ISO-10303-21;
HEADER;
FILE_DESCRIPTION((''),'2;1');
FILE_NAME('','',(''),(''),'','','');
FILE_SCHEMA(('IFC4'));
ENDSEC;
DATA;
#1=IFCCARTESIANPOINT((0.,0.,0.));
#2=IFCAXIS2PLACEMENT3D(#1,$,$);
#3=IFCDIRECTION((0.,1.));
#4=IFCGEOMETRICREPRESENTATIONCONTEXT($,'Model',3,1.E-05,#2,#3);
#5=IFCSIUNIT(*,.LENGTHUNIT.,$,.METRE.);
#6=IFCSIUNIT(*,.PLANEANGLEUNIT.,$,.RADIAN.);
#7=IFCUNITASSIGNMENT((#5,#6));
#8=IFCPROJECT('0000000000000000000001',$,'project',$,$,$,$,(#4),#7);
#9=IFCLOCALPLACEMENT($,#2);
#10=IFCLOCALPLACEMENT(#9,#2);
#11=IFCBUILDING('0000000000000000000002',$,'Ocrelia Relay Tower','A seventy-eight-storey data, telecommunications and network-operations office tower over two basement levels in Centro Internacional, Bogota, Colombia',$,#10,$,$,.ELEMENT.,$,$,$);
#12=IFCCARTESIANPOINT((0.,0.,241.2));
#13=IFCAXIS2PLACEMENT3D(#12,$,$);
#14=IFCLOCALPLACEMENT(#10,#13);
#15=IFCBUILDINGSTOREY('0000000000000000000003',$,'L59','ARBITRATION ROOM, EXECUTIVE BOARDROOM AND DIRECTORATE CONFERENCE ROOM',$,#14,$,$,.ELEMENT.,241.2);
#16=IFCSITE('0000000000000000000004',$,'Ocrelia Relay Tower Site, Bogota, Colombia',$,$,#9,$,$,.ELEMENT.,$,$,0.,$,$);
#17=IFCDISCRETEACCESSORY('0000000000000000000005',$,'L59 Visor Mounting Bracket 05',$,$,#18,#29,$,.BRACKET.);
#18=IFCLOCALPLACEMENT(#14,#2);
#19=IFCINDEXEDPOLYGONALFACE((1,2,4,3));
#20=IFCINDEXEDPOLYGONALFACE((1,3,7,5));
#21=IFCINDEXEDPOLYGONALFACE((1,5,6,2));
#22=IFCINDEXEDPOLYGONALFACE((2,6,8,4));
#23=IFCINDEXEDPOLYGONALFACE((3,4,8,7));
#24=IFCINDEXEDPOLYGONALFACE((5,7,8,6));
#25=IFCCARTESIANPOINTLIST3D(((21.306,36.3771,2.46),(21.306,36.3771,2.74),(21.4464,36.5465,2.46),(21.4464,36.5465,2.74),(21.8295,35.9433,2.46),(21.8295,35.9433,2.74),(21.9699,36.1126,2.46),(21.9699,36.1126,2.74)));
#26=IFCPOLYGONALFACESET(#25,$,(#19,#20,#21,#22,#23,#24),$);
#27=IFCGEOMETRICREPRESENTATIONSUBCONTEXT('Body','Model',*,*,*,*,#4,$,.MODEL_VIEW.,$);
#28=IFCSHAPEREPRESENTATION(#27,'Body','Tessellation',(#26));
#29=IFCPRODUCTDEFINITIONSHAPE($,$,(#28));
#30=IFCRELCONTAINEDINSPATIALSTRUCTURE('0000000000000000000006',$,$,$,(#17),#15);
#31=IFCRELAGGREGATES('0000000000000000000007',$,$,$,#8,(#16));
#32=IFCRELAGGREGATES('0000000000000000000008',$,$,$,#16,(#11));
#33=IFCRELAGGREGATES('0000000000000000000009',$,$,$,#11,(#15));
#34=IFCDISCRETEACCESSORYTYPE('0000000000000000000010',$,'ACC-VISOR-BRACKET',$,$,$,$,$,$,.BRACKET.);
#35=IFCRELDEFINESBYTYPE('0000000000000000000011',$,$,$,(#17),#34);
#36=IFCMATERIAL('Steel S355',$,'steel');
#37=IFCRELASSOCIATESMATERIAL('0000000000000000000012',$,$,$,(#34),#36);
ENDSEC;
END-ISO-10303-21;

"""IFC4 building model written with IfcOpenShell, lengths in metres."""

from ifc_helpers import new_model, si_unit, direction, frame, origin, origin_2d, place, context, subcontext, project, spatial, rectangle, extrude, material, type_object, element, save


model = new_model("IFC4")

# Units and contexts
model_context = context("Model", 3, precision=1e-05, world=origin(), true_north=direction((0.0, 1.0)))
body_context = subcontext(model_context, "Body", "Model", "MODEL_VIEW")
ifc_project = project(units=[si_unit("LENGTHUNIT", "METRE"), si_unit("PLANEANGLEUNIT", "RADIAN")], contexts=[model_context])

# Site, building, storey
site_placement = place(None, origin())
site = spatial("IfcSite", under=ifc_project, at=site_placement, Name="Ocrelia Relay Tower Site, Bogota, Colombia", CompositionType="ELEMENT", RefElevation=0.0)
building_placement = place(site_placement, origin())
building = spatial("IfcBuilding", under=site, at=building_placement, Name="Ocrelia Relay Tower", Description="A seventy-eight-storey data, telecommunications and network-operations office tower over two basement levels in Centro Internacional, Bogota, Colombia", CompositionType="ELEMENT")
storey_placement = place(building_placement, frame((0.0, 0.0, 241.2)))
storey = spatial("IfcBuildingStorey", under=building, at=storey_placement, Name="L59", Description="ARBITRATION ROOM, EXECUTIVE BOARDROOM AND DIRECTORATE CONFERENCE ROOM", CompositionType="ELEMENT", Elevation=241.2)

# Shared definitions
ifc_material_1 = material(Name="Steel S355", Category="steel")

# Discrete accessory
discrete_accessory_type_1 = type_object("IfcDiscreteAccessoryType", Name="ACC-VISOR-BRACKET", PredefinedType="BRACKET", material=ifc_material_1)
discrete_accessory_placement = place(storey_placement, frame((21.6379, 36.2449, 2.46), z_axis=(0.0, 0.0, 1.0), x_axis=(-0.638096, -0.769957, 0.0)))
element("IfcDiscreteAccessory", 1, at=discrete_accessory_placement, inside=storey, type_object=discrete_accessory_type_1, Name="L59 Visor Mounting Bracket 05", PredefinedType="BRACKET", context=body_context, shape_type="SweptSolid", body=[
    extrude(rectangle(XDim=0.22, YDim=0.6799, at=origin_2d()), origin(), (0.0, 0.0, 1.0), 0.28),
])

save(model, "model.ifc")
